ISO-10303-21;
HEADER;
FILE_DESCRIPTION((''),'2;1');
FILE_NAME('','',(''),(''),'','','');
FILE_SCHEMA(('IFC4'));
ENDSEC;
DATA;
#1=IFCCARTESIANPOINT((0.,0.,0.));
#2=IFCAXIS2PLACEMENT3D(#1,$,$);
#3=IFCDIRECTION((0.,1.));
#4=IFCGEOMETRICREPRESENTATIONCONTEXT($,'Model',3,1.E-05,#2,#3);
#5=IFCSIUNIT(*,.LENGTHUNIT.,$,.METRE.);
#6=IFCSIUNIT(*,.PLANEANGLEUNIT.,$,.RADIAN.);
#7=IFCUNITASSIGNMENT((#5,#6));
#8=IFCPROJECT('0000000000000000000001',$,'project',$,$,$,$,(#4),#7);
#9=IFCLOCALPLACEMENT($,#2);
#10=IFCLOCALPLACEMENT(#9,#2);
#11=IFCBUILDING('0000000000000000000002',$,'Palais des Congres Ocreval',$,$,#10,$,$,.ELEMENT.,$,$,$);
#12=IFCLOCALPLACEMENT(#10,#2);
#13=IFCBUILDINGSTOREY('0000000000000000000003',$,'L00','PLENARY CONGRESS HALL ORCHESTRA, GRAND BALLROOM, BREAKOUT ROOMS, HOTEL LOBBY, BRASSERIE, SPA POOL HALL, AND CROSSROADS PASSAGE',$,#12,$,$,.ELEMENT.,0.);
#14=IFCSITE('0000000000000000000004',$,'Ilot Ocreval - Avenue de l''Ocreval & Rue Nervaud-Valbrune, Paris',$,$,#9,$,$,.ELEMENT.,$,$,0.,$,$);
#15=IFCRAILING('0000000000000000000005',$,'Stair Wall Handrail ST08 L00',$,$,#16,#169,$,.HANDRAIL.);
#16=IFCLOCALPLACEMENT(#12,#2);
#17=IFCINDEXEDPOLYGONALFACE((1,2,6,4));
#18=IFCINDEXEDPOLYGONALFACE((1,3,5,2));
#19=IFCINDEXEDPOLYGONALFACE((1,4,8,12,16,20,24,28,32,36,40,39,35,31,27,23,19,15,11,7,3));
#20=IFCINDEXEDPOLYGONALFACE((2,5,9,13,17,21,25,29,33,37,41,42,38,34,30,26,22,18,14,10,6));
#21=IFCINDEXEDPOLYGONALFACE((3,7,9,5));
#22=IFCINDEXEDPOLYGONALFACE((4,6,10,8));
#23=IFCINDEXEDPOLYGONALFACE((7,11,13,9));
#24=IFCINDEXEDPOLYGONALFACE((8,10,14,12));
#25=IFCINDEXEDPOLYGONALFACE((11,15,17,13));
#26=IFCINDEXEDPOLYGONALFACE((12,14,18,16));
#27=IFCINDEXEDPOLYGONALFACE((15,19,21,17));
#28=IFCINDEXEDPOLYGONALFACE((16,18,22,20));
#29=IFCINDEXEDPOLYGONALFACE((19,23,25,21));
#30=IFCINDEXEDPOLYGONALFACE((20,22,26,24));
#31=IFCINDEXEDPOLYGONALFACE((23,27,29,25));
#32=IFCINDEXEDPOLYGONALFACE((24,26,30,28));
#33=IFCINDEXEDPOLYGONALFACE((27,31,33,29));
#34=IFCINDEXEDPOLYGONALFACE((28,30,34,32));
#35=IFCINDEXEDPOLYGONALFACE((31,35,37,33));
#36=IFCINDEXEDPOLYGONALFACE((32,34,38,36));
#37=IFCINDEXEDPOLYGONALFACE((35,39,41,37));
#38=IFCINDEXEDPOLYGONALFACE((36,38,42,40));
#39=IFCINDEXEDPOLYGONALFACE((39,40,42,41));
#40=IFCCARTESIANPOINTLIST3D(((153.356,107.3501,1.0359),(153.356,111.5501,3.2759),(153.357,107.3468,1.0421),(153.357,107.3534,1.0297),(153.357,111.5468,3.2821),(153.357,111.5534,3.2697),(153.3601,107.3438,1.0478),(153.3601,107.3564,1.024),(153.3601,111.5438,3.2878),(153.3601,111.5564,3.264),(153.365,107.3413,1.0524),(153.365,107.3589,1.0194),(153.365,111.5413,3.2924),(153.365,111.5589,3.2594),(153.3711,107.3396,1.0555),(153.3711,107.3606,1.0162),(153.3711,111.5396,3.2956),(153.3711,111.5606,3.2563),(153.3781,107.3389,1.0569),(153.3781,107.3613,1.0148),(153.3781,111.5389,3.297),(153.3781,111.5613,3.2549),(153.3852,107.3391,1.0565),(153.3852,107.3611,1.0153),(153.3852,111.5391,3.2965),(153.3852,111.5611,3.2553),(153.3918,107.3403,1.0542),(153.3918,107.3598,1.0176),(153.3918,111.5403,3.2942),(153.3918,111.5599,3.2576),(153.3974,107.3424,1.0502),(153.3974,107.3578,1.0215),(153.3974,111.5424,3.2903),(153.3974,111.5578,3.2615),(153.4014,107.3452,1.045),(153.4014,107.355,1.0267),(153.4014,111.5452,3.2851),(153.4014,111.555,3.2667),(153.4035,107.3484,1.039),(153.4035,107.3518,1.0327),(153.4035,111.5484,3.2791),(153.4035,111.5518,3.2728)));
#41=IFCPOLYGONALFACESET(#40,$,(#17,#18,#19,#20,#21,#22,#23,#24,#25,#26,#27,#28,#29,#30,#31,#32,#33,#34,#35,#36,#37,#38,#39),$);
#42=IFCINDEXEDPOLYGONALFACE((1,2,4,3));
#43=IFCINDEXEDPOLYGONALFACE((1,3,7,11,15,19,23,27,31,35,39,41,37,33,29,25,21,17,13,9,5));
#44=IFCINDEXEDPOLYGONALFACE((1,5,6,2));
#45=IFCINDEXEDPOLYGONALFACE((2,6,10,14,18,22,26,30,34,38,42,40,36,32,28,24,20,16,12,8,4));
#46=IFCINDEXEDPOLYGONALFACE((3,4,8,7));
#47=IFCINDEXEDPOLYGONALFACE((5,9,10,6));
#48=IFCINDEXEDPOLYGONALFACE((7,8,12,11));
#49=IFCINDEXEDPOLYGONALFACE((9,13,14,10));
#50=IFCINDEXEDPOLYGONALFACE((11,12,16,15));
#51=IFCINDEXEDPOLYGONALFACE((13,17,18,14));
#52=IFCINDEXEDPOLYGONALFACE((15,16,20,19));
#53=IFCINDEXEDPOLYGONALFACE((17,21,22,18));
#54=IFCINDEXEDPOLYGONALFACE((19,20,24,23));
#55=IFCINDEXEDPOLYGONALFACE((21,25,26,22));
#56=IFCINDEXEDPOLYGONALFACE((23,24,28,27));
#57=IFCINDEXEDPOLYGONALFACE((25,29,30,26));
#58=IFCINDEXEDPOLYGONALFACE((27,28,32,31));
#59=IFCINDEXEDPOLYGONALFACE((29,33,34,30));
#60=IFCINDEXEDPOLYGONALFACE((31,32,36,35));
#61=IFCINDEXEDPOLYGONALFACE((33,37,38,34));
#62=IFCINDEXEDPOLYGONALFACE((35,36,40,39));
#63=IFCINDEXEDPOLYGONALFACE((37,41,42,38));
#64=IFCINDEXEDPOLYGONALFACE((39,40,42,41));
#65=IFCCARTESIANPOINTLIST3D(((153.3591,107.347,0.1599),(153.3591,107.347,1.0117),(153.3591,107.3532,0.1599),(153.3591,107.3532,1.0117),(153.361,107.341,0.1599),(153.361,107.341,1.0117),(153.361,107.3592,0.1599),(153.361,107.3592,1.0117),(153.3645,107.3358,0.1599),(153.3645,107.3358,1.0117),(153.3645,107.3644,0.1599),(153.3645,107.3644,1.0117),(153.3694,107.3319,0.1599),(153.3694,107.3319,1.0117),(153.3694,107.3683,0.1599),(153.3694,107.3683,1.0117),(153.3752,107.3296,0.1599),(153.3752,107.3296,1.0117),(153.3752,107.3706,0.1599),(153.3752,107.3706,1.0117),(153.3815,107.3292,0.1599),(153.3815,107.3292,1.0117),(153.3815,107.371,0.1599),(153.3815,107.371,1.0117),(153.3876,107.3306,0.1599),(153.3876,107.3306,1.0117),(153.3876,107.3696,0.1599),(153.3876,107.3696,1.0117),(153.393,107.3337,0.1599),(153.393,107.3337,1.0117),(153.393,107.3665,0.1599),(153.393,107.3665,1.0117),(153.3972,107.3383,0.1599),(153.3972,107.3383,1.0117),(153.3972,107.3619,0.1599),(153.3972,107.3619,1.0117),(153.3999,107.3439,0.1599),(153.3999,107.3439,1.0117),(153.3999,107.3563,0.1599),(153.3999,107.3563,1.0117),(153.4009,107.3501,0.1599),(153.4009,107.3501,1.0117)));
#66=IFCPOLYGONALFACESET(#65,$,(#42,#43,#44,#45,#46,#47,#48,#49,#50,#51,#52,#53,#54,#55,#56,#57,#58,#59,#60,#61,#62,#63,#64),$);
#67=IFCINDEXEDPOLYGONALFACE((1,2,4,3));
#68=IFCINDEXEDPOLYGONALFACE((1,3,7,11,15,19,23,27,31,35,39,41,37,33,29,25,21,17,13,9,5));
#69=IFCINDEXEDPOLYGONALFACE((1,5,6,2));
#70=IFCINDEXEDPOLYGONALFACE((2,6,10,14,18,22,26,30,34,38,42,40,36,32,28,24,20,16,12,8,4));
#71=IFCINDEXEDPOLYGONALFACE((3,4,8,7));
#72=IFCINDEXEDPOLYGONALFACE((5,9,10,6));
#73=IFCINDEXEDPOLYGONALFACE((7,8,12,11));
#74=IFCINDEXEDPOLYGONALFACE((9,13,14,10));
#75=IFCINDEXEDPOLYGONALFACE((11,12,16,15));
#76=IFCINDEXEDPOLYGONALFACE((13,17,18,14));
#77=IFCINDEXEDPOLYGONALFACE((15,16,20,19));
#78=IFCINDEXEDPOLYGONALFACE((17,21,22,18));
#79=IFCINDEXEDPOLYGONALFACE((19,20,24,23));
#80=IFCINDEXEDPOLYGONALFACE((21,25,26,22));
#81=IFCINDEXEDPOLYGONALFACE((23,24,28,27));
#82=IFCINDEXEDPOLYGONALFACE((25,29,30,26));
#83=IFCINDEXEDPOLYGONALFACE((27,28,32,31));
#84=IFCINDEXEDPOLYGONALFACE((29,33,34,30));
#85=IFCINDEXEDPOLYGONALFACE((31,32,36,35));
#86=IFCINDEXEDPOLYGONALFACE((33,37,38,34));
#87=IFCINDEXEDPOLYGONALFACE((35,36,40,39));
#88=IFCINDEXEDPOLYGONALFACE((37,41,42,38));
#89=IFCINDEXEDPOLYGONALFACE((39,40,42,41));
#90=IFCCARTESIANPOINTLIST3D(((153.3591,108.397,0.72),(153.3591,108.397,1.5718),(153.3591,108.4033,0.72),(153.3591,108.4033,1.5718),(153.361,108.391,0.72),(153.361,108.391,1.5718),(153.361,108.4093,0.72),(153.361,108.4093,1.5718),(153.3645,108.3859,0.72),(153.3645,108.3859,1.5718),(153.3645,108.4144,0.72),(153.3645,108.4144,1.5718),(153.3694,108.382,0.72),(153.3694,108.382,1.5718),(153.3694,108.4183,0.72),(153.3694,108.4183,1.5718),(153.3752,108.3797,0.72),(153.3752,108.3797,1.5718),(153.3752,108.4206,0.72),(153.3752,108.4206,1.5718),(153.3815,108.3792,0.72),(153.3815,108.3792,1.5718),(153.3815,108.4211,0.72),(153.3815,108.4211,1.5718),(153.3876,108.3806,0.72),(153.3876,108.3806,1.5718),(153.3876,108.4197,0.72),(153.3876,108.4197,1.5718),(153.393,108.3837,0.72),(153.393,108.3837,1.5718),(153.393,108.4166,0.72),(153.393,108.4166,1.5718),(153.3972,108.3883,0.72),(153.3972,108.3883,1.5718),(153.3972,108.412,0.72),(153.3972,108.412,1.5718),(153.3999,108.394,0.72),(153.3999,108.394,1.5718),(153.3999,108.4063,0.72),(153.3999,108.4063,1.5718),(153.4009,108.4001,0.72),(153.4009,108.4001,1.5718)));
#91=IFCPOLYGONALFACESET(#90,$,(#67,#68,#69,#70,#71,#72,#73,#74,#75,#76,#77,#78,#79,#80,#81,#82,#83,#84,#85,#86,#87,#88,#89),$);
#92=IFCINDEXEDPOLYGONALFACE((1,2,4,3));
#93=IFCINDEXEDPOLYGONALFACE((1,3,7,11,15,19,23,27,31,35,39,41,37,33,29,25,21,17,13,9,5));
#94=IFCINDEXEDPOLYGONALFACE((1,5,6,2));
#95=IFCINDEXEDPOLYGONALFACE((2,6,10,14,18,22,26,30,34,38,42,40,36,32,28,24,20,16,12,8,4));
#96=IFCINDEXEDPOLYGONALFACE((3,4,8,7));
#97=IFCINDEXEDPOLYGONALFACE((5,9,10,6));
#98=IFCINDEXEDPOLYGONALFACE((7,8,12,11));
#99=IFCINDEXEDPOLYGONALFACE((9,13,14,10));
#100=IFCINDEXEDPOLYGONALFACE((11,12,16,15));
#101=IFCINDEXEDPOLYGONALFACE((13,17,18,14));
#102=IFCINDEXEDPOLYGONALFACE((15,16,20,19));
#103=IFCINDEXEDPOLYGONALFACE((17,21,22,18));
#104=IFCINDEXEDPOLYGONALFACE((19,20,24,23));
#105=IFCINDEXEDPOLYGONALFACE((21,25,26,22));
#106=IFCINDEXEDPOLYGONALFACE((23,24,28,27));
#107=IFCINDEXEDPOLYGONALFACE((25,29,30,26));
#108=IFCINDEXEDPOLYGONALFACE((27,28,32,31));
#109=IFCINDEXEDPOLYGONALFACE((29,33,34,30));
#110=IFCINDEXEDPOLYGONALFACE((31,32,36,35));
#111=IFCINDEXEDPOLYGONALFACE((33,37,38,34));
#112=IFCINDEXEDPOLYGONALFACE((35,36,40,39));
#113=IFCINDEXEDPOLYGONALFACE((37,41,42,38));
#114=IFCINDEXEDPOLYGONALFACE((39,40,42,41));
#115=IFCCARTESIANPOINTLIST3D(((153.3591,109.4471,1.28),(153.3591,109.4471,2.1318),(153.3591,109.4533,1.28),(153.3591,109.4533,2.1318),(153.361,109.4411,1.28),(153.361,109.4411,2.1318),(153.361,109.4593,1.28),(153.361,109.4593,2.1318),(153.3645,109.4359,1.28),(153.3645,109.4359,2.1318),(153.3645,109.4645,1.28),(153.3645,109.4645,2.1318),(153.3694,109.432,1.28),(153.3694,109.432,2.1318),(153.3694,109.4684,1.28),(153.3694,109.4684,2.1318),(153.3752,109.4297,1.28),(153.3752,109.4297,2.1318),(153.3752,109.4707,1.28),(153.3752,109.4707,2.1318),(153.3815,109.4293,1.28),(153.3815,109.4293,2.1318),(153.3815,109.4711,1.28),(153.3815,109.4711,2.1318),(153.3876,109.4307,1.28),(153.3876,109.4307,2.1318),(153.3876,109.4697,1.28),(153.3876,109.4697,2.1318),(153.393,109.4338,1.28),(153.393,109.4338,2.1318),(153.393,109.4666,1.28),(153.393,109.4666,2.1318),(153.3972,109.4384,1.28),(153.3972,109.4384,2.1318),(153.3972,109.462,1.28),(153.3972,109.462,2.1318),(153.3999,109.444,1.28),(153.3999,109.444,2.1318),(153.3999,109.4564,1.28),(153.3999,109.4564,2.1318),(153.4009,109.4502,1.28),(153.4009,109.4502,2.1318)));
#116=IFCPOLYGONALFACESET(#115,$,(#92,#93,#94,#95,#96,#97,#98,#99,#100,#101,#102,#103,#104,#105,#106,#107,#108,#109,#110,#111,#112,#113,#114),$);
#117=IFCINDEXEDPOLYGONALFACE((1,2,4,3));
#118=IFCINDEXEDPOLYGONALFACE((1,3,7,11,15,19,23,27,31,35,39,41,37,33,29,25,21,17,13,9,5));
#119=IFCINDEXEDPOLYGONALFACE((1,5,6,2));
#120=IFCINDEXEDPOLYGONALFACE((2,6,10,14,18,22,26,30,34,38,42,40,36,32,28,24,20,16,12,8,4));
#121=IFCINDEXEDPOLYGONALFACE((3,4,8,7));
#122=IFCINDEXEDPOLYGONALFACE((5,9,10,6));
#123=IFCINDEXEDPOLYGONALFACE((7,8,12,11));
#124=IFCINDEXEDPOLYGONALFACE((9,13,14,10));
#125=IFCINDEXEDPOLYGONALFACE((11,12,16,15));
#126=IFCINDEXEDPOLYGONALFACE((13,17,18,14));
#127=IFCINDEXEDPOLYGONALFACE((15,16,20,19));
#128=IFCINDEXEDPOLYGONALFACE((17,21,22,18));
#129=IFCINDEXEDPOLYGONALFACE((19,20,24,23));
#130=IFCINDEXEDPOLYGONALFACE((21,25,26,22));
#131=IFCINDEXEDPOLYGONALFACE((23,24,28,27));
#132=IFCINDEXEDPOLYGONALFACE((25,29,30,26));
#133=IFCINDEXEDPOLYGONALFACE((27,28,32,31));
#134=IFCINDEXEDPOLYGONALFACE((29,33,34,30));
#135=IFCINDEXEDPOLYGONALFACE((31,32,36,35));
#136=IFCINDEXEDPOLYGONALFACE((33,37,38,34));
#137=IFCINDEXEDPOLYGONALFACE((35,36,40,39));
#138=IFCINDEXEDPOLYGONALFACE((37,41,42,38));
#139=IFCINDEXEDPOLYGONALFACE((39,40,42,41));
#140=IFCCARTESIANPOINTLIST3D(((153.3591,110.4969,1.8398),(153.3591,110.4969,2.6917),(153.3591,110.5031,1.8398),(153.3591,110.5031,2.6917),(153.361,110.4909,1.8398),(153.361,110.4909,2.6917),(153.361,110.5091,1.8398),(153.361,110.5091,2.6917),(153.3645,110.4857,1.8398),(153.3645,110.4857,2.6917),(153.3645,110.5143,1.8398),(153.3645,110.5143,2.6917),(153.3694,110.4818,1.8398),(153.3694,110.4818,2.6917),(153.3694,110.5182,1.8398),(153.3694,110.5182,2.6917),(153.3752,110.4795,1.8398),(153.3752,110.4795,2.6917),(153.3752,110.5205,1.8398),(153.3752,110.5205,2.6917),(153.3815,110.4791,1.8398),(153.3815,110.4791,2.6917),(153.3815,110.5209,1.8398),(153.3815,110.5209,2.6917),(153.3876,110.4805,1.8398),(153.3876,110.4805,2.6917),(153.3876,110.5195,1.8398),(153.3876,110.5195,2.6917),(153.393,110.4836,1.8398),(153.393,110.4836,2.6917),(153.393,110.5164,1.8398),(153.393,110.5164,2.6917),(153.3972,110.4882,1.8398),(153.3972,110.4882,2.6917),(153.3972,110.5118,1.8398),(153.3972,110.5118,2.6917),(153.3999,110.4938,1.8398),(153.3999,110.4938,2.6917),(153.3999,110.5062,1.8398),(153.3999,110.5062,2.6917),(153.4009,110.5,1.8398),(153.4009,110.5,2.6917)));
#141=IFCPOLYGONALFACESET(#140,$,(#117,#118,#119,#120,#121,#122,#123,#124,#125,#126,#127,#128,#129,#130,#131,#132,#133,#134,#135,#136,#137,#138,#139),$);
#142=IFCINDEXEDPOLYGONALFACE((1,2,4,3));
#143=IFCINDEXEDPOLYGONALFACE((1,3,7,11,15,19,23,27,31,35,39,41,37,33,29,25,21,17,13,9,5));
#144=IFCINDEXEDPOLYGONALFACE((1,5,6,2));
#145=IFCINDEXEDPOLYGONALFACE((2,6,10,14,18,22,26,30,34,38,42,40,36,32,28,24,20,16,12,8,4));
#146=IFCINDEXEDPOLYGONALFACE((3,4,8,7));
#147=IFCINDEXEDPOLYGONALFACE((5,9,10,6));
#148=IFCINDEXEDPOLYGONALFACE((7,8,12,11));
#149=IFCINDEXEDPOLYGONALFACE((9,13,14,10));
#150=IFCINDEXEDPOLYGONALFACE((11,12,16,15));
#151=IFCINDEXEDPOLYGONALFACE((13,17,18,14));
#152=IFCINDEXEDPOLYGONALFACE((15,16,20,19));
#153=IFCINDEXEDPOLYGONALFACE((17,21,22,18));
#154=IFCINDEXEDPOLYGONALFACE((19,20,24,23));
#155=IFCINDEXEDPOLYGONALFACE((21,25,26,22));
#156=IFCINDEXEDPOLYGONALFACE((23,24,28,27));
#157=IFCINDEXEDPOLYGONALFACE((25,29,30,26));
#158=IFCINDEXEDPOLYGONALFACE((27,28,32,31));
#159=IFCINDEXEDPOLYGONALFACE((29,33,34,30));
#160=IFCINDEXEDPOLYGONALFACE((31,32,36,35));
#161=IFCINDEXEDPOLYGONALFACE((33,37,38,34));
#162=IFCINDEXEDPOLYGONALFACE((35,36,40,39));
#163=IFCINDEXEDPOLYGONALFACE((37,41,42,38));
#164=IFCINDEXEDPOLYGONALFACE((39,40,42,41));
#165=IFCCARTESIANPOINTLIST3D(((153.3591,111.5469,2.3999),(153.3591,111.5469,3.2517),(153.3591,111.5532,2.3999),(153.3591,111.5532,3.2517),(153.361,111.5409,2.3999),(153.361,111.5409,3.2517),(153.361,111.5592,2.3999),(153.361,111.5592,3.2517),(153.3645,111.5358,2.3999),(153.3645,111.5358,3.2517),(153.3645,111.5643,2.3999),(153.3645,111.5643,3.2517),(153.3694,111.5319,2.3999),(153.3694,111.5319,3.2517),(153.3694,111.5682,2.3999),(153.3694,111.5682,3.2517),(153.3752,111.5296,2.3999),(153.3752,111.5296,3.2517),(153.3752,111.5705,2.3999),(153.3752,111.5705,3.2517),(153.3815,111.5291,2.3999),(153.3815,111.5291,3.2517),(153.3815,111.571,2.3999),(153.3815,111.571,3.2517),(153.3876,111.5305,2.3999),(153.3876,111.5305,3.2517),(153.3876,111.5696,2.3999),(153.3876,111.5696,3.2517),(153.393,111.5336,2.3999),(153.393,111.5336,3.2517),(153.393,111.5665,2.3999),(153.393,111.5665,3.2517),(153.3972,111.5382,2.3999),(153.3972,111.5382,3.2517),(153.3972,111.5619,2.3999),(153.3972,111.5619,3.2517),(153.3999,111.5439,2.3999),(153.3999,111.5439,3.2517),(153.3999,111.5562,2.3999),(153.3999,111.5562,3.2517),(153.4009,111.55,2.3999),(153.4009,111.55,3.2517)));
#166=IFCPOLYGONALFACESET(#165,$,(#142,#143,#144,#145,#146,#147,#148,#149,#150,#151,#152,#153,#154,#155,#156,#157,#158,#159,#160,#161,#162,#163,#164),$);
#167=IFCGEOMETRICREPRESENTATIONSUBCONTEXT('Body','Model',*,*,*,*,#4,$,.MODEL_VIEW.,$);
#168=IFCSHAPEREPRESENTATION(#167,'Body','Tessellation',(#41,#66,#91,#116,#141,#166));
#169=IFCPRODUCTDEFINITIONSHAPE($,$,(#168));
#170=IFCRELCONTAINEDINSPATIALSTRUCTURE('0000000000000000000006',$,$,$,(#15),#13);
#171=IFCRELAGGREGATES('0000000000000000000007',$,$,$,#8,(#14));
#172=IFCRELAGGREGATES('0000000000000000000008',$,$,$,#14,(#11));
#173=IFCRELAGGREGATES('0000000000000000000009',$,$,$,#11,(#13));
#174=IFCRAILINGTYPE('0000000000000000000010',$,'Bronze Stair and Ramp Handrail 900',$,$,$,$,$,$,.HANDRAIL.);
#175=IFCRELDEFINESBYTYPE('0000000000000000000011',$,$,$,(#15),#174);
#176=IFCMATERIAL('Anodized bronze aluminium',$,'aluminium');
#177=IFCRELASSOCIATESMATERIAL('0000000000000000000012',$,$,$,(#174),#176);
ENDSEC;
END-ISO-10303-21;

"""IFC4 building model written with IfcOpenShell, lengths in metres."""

from ifc_helpers import new_model, si_unit, direction, frame, origin, origin_2d, place, context, subcontext, project, spatial, circle, extrude, material, type_object, element, save


model = new_model("IFC4")

# Units and contexts
model_context = context("Model", 3, precision=1e-05, world=origin(), true_north=direction((0.0, 1.0)))
body_context = subcontext(model_context, "Body", "Model", "MODEL_VIEW")
ifc_project = project(units=[si_unit("LENGTHUNIT", "METRE"), si_unit("PLANEANGLEUNIT", "RADIAN")], contexts=[model_context])

# Site, building, storey
site_placement = place(None, origin())
site = spatial("IfcSite", under=ifc_project, at=site_placement, Name="Ilot Ocreval - Avenue de l'Ocreval & Rue Nervaud-Valbrune, Paris", CompositionType="ELEMENT", RefElevation=0.0)
building_placement = place(site_placement, origin())
building = spatial("IfcBuilding", under=site, at=building_placement, Name="Palais des Congres Ocreval", CompositionType="ELEMENT")
storey_placement = place(building_placement, origin())
storey = spatial("IfcBuildingStorey", under=building, at=storey_placement, Name="L00", Description="PLENARY CONGRESS HALL ORCHESTRA, GRAND BALLROOM, BREAKOUT ROOMS, HOTEL LOBBY, BRASSERIE, SPA POOL HALL, AND CROSSROADS PASSAGE", CompositionType="ELEMENT", Elevation=0.0)

# Railing
ifc_material_1 = material(Name="Anodized bronze aluminium", Category="aluminium")
railing_type_1 = type_object("IfcRailingType", Name="Bronze Stair and Ramp Handrail 900", PredefinedType="HANDRAIL", material=ifc_material_1)
railing_1_placement = place(storey_placement, frame((153.3799, 107.3501, 0.1599)))
element("IfcRailing", 1, at=railing_1_placement, inside=storey, type_object=railing_type_1, Name="Stair Wall Handrail ST08 L00", PredefinedType="HANDRAIL", context=body_context, shape_type="SweptSolid", body=[
    extrude(circle(Radius=0.0239, at=origin_2d()), frame((0.0, 0.0, 0.876), z_axis=(0.0, 0.882352, 0.470591), x_axis=(-1.0, 0.0, 0.0)), (0.0, 0.0, 1.0), 4.76),
    extrude(circle(Radius=0.021, at=origin_2d()), origin(), (0.0, 0.0, 1.0), 0.8518),
    extrude(circle(Radius=0.021, at=origin_2d()), frame((0.0, 1.05, 0.5601)), (0.0, 0.0, 1.0), 0.8518),
    extrude(circle(Radius=0.021, at=origin_2d()), frame((0.0, 2.1001, 1.1201)), (0.0, 0.0, 1.0), 0.8518),
    extrude(circle(Radius=0.021, at=origin_2d()), frame((0.0, 3.1499, 1.6799)), (0.0, 0.0, 1.0), 0.8518),
    extrude(circle(Radius=0.021, at=origin_2d()), frame((0.0, 4.2, 2.24)), (0.0, 0.0, 1.0), 0.8518),
])

save(model, "model.ifc")
